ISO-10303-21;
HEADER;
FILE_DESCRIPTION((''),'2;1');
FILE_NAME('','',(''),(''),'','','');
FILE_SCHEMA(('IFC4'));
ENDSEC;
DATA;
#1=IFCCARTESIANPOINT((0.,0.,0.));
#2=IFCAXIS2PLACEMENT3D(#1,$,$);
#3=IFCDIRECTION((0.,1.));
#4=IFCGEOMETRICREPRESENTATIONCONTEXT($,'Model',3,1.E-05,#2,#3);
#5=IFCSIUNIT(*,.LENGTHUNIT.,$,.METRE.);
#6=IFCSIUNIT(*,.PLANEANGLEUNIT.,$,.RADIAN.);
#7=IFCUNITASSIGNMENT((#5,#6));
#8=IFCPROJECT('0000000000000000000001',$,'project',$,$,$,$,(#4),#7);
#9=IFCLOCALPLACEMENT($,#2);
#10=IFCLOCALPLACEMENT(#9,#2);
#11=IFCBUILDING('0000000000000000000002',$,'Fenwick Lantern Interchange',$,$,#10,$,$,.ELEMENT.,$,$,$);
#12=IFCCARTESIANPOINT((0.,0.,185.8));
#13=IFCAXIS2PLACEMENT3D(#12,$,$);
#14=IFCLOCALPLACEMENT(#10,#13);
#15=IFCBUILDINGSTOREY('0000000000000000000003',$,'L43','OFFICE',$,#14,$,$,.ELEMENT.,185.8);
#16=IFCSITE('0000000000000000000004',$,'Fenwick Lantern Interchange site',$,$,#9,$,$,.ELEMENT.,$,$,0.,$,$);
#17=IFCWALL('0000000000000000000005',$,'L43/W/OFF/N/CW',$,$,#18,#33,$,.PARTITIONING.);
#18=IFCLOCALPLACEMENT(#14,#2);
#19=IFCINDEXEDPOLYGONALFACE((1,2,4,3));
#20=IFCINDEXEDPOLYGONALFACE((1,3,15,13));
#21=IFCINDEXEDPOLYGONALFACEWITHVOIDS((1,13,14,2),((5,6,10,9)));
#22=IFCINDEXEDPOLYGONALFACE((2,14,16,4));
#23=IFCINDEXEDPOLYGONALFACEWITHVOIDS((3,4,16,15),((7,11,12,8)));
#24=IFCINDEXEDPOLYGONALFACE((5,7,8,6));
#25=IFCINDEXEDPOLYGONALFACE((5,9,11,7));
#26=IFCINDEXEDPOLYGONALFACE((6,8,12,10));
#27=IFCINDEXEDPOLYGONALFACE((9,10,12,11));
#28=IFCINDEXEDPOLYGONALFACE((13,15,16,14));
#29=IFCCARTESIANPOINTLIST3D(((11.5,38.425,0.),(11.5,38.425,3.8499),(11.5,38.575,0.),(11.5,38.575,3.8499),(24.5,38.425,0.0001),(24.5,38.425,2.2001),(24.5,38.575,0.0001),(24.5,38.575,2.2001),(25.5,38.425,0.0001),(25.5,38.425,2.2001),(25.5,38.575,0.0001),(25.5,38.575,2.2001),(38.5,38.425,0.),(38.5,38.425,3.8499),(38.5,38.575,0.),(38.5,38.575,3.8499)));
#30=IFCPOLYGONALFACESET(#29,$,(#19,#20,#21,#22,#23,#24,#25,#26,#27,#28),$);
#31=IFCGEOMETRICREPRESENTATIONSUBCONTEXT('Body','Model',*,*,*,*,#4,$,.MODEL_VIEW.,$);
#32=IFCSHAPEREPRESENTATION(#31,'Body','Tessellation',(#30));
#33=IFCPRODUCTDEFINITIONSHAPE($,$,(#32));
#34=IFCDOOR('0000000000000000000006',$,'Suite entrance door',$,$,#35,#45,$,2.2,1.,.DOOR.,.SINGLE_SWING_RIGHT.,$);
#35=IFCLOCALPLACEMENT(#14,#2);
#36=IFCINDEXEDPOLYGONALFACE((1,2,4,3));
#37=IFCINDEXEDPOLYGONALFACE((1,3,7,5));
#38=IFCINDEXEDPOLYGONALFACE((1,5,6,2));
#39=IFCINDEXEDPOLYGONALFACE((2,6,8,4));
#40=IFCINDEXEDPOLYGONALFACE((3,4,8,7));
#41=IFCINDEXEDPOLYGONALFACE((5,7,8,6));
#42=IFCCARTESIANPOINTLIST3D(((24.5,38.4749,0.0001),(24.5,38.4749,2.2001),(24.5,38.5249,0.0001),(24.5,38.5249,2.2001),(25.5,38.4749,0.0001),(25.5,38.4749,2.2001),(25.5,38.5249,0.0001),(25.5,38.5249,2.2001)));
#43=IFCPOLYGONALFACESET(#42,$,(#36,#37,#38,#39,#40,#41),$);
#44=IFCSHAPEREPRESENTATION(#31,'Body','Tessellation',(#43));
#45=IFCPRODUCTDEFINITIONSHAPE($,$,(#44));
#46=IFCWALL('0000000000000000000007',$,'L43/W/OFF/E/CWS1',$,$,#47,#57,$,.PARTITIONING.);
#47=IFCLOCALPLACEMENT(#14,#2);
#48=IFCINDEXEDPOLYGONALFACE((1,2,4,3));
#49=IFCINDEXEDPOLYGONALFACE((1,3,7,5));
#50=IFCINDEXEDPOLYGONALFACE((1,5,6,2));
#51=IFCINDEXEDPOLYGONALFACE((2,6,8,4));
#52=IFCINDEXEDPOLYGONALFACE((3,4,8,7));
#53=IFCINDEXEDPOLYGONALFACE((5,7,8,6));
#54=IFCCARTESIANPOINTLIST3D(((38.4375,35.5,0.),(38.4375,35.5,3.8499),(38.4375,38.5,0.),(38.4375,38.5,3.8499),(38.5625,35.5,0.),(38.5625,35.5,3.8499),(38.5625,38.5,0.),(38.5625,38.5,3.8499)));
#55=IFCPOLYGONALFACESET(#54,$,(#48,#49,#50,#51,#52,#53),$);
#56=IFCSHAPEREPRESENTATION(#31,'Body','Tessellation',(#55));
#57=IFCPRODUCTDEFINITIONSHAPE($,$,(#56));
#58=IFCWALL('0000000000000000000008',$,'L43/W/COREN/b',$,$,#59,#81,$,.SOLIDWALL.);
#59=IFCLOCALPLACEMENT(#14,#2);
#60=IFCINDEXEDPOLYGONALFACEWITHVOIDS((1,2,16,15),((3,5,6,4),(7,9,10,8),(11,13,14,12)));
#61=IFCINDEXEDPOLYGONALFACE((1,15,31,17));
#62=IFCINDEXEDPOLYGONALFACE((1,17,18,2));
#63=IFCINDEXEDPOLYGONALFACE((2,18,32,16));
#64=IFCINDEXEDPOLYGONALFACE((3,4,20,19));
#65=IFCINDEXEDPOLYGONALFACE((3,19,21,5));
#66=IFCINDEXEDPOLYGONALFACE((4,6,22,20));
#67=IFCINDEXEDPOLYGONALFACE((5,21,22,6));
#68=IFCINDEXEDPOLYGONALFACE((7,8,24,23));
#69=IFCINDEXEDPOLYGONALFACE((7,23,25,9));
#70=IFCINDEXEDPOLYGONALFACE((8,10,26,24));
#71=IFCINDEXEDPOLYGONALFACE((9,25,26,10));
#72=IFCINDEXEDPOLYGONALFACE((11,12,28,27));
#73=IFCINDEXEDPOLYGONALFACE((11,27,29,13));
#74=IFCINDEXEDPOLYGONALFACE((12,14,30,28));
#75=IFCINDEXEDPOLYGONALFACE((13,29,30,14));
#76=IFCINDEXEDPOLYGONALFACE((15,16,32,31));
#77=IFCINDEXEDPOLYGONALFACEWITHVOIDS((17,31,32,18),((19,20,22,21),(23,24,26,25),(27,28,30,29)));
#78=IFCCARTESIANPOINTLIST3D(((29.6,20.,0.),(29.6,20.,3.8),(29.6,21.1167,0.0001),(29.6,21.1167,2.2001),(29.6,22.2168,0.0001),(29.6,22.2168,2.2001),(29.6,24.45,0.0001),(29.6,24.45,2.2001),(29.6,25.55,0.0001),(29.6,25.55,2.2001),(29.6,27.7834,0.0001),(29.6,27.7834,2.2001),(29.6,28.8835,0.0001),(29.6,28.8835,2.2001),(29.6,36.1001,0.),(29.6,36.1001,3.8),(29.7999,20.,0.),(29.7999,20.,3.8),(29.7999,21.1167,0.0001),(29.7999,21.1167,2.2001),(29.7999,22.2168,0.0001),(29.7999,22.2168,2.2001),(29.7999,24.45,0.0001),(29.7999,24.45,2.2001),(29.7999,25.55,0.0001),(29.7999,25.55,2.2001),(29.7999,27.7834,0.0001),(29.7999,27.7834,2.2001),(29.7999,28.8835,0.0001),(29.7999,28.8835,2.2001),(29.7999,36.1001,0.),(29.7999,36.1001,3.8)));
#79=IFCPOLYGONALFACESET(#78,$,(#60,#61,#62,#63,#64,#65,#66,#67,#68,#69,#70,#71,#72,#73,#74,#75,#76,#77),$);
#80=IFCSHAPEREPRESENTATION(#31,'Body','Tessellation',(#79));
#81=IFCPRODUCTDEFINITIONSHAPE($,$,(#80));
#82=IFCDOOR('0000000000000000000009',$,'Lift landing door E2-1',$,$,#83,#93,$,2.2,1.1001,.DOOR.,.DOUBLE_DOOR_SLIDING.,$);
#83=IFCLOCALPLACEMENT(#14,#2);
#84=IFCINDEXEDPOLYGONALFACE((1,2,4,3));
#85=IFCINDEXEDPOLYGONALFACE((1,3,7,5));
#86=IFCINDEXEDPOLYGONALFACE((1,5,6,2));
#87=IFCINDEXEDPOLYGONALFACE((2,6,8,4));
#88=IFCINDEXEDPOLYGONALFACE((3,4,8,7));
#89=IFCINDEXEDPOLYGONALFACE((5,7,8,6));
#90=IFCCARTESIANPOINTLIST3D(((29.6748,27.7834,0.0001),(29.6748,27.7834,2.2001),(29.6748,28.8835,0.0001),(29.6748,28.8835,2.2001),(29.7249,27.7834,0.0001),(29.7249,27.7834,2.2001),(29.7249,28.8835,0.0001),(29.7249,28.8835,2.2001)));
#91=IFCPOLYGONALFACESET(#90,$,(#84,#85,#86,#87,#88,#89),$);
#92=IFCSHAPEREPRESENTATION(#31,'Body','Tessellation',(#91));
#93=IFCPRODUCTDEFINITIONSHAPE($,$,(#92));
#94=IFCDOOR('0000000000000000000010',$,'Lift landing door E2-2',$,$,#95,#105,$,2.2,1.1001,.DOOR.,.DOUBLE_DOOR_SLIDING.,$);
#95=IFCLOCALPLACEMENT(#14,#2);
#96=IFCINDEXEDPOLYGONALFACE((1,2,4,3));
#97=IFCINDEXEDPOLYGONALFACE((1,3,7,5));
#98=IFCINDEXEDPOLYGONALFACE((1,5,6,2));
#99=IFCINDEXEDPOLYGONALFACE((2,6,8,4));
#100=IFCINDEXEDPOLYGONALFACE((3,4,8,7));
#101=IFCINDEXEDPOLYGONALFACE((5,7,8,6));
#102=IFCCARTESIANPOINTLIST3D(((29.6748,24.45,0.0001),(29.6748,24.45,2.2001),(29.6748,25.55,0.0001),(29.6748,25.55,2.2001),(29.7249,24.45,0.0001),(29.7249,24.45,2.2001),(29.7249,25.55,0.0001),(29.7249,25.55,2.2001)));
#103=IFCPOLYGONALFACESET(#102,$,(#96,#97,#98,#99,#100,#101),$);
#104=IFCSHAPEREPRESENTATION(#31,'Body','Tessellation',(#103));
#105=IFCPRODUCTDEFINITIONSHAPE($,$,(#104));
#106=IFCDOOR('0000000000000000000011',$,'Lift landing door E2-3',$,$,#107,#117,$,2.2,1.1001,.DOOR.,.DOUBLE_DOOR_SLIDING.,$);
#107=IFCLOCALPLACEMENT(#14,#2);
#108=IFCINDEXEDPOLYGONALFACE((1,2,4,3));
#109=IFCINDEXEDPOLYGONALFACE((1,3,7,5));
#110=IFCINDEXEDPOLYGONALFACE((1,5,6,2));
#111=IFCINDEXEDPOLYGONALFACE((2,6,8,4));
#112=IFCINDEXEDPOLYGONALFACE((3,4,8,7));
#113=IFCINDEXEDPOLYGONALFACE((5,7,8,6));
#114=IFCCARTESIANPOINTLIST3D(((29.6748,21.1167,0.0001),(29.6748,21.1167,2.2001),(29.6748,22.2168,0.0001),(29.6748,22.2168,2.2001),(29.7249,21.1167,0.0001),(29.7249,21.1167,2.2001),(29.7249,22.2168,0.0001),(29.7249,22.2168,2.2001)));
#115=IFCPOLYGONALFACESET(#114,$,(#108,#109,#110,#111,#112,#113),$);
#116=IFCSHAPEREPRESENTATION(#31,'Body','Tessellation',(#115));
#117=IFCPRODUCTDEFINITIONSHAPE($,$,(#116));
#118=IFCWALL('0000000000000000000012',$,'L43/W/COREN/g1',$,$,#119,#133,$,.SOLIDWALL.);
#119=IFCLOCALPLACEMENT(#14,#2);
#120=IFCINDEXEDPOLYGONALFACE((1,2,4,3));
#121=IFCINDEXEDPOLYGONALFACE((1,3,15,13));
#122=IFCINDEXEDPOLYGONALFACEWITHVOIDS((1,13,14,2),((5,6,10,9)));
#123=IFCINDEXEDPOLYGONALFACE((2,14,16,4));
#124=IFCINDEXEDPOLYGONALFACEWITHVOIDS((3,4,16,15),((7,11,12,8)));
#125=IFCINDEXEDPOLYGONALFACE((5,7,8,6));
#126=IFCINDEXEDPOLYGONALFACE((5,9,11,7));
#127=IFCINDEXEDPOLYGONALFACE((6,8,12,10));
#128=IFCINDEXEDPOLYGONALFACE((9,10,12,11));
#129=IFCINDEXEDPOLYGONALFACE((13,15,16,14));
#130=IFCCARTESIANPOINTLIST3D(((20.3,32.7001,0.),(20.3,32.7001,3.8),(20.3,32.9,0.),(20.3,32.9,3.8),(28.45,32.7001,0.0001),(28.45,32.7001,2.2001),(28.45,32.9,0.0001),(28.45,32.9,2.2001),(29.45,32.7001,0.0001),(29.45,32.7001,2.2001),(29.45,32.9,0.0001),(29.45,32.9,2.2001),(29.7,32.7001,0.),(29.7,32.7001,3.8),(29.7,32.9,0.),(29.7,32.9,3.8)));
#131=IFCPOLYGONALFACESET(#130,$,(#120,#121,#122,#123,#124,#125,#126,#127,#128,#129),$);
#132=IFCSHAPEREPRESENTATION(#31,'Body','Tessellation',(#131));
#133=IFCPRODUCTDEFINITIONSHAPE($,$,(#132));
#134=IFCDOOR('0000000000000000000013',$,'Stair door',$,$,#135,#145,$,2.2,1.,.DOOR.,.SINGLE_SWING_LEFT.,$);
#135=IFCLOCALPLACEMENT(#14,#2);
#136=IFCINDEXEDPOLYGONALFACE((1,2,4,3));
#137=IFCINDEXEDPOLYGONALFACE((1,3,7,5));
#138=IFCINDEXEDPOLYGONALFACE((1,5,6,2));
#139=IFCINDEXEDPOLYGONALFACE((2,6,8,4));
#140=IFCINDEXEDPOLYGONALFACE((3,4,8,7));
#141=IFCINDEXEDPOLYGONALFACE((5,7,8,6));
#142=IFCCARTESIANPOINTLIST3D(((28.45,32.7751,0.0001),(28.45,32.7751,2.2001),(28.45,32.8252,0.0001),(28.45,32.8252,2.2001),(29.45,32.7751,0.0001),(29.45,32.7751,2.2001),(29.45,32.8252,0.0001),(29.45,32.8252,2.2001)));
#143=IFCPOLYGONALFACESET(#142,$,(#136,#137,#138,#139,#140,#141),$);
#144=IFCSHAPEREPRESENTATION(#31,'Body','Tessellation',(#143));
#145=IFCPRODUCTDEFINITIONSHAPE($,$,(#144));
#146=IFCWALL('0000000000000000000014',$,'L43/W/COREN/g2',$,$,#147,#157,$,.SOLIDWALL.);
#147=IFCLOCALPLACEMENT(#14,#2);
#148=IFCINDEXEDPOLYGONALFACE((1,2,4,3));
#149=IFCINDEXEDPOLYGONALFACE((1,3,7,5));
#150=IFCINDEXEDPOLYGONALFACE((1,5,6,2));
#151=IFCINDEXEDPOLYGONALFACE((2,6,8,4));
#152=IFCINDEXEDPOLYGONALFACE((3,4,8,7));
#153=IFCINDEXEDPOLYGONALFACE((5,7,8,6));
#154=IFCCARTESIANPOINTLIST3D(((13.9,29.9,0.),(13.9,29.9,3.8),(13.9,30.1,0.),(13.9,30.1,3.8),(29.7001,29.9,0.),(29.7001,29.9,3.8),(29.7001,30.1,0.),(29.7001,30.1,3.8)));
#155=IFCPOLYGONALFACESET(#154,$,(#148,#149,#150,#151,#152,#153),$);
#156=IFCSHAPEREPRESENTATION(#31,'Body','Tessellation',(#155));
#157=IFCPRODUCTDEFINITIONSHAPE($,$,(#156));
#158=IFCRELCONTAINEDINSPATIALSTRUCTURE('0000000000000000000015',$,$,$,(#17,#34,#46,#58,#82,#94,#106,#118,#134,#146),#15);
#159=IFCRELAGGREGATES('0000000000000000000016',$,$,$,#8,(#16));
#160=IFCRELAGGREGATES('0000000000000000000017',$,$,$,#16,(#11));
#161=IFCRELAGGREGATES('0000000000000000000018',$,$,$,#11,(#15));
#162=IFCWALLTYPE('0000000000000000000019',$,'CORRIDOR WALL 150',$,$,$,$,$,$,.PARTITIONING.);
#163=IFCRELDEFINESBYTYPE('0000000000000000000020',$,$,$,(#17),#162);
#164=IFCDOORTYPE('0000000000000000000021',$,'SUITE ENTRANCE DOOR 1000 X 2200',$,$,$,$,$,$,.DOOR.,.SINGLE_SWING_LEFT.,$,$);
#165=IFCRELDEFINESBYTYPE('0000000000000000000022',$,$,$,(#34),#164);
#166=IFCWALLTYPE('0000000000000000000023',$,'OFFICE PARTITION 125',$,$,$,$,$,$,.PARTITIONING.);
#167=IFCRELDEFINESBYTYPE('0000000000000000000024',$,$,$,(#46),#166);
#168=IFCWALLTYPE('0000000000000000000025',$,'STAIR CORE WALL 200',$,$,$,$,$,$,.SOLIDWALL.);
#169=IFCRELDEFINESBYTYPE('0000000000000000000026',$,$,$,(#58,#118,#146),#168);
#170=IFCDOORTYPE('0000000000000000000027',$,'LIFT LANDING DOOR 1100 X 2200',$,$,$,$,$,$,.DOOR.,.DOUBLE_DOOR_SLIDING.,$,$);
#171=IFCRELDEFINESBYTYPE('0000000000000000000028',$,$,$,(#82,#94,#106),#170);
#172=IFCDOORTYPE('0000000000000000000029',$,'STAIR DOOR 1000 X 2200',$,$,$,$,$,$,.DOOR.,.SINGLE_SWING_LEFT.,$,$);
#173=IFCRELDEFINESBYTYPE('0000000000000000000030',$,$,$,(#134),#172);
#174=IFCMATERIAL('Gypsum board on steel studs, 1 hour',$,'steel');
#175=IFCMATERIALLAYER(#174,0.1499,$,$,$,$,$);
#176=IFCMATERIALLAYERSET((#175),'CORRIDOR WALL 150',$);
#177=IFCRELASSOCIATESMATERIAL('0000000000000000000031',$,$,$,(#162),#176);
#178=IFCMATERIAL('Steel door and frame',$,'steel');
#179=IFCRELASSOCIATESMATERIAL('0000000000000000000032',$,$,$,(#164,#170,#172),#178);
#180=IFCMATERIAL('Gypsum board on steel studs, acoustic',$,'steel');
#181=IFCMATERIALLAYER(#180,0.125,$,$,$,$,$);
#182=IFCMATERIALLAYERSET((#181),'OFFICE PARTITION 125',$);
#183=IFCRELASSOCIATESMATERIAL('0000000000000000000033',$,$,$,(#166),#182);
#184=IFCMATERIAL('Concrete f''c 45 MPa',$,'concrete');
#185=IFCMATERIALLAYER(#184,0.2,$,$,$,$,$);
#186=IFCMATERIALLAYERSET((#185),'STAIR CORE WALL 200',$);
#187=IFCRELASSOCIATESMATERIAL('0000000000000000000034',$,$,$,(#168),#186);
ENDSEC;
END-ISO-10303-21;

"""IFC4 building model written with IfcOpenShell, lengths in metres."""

from ifc_helpers import new_model, si_unit, direction, frame, frame_2d, origin, place, context, subcontext, project, spatial, rectangle, extrude, material, layer, layer_set, type_object, element, fill, save


model = new_model("IFC4")

# Units and contexts
model_context = context("Model", 3, precision=1e-05, world=origin(), true_north=direction((0.0, 1.0)))
body_context = subcontext(model_context, "Body", "Model", "MODEL_VIEW")
ifc_project = project(units=[si_unit("LENGTHUNIT", "METRE"), si_unit("PLANEANGLEUNIT", "RADIAN")], contexts=[model_context])

# Site, building, storey
site_placement = place(None, origin())
site = spatial("IfcSite", under=ifc_project, at=site_placement, Name="Fenwick Lantern Interchange site", CompositionType="ELEMENT", RefElevation=0.0)
building_placement = place(site_placement, origin())
building = spatial("IfcBuilding", under=site, at=building_placement, Name="Fenwick Lantern Interchange", CompositionType="ELEMENT")
storey_placement = place(building_placement, frame((0.0, 0.0, 185.8)))
storey = spatial("IfcBuildingStorey", under=building, at=storey_placement, Name="L43", Description="OFFICE", CompositionType="ELEMENT", Elevation=185.8)

# Shared definitions
ifc_material_1 = material(Name="Steel door and frame", Category="steel")

# Wall, opening, door
ifc_material_2 = material(Name="Gypsum board on steel studs, 1 hour", Category="steel")
ifc_layer_1 = layer(ifc_material_2, 0.1499)
ifc_layer_set_1 = layer_set([ifc_layer_1], Name="CORRIDOR WALL 150")
wall_type_1 = type_object("IfcWallType", Name="CORRIDOR WALL 150", PredefinedType="PARTITIONING", material=ifc_layer_set_1)
wall_1_placement = place(storey_placement, frame((38.5, 38.5, 0.0), z_axis=(0.0, 0.0, 1.0), x_axis=(-1.0, 0.0, 0.0)))
wall_1 = element("IfcWall", 1, at=wall_1_placement, inside=storey, type_object=wall_type_1, Name="L43/W/OFF/N/CW", PredefinedType="PARTITIONING", context=body_context, shape_type="SweptSolid", body=[
    extrude(rectangle(XDim=27.0, YDim=0.1499, at=frame_2d((13.5, 0.0))), origin(), (0.0, 0.0, 1.0), 3.8499),
])
opening_1_placement = place(wall_1_placement, frame((13.0, 0.0, 0.0)))
opening_1 = element("IfcOpeningElement", 2, at=opening_1_placement, cuts=wall_1, PredefinedType="OPENING", context=body_context, shape_type="SweptSolid", body=[
    extrude(rectangle(XDim=1.0, YDim=2.2, at=frame_2d((0.5, 1.1001))), frame((0.0, 0.085, 0.0), z_axis=(0.0, -1.0, 0.0), x_axis=(1.0, 0.0, 0.0)), (0.0, 0.0, 1.0), 0.1699),
])
door_type_1 = type_object("IfcDoorType", Name="SUITE ENTRANCE DOOR 1000 X 2200", OperationType="SINGLE_SWING_LEFT", PredefinedType="DOOR", material=ifc_material_1)
door_1_placement = place(opening_1_placement, frame((1.0, 0.0, 0.0), z_axis=(0.0, 0.0, 1.0), x_axis=(-1.0, 0.0, 0.0)))
door_1 = element("IfcDoor", 3, at=door_1_placement, inside=storey, type_object=door_type_1, Name="Suite entrance door", OperationType="SINGLE_SWING_RIGHT", OverallHeight=2.2, OverallWidth=1.0, PredefinedType="DOOR", context=body_context, shape_type="SweptSolid", body=[
    extrude(rectangle(XDim=1.0, YDim=2.2, at=frame_2d((0.5, 1.1001))), frame((0.0, 0.0249, 0.0), z_axis=(0.0, -1.0, 0.0), x_axis=(1.0, 0.0, 0.0)), (0.0, 0.0, 1.0), 0.05),
])
fill(opening_1, door_1)

# Wall
ifc_material_3 = material(Name="Gypsum board on steel studs, acoustic", Category="steel")
ifc_layer_2 = layer(ifc_material_3, 0.125)
ifc_layer_set_2 = layer_set([ifc_layer_2], Name="OFFICE PARTITION 125")
wall_type_2 = type_object("IfcWallType", Name="OFFICE PARTITION 125", PredefinedType="PARTITIONING", material=ifc_layer_set_2)
wall_2_placement = place(storey_placement, frame((38.5, 35.5, 0.0), z_axis=(0.0, 0.0, 1.0), x_axis=(0.0, 1.0, 0.0)))
element("IfcWall", 4, at=wall_2_placement, inside=storey, type_object=wall_type_2, Name="L43/W/OFF/E/CWS1", PredefinedType="PARTITIONING", context=body_context, shape_type="SweptSolid", body=[
    extrude(rectangle(XDim=3.0, YDim=0.125, at=frame_2d((1.5, 0.0))), origin(), (0.0, 0.0, 1.0), 3.8499),
])

# Wall, openings, doors
ifc_material_4 = material(Name="Concrete f'c 45 MPa", Category="concrete")
ifc_layer_3 = layer(ifc_material_4, 0.2)
ifc_layer_set_3 = layer_set([ifc_layer_3], Name="STAIR CORE WALL 200")
wall_type_3 = type_object("IfcWallType", Name="STAIR CORE WALL 200", PredefinedType="SOLIDWALL", material=ifc_layer_set_3)
wall_3_placement = place(storey_placement, frame((29.7, 36.1001, 0.0), z_axis=(0.0, 0.0, 1.0), x_axis=(0.0, -1.0, 0.0)))
wall_3 = element("IfcWall", 5, at=wall_3_placement, inside=storey, type_object=wall_type_3, Name="L43/W/COREN/b", PredefinedType="SOLIDWALL", context=body_context, shape_type="SweptSolid", body=[
    extrude(rectangle(XDim=16.1001, YDim=0.2, at=frame_2d((8.05, 0.0))), origin(), (0.0, 0.0, 1.0), 3.8),
])
opening_2_placement = place(wall_3_placement, frame((7.2166, 0.0, 0.0)))
opening_2 = element("IfcOpeningElement", 6, at=opening_2_placement, cuts=wall_3, PredefinedType="OPENING", context=body_context, shape_type="SweptSolid", body=[
    extrude(rectangle(XDim=1.1001, YDim=2.2, at=frame_2d((0.55, 1.1001))), frame((0.0, 0.1099, 0.0), z_axis=(0.0, -1.0, 0.0), x_axis=(1.0, 0.0, 0.0)), (0.0, 0.0, 1.0), 0.22),
])
opening_3_placement = place(wall_3_placement, frame((10.55, 0.0, 0.0)))
opening_3 = element("IfcOpeningElement", 7, at=opening_3_placement, cuts=wall_3, PredefinedType="OPENING", context=body_context, shape_type="SweptSolid", body=[
    extrude(rectangle(XDim=1.1001, YDim=2.2, at=frame_2d((0.55, 1.1001))), frame((0.0, 0.1099, 0.0), z_axis=(0.0, -1.0, 0.0), x_axis=(1.0, 0.0, 0.0)), (0.0, 0.0, 1.0), 0.22),
])
opening_4_placement = place(wall_3_placement, frame((13.8833, 0.0, 0.0)))
opening_4 = element("IfcOpeningElement", 8, at=opening_4_placement, cuts=wall_3, PredefinedType="OPENING", context=body_context, shape_type="SweptSolid", body=[
    extrude(rectangle(XDim=1.1001, YDim=2.2, at=frame_2d((0.55, 1.1001))), frame((0.0, 0.1099, 0.0), z_axis=(0.0, -1.0, 0.0), x_axis=(1.0, 0.0, 0.0)), (0.0, 0.0, 1.0), 0.22),
])
door_type_2 = type_object("IfcDoorType", Name="LIFT LANDING DOOR 1100 X 2200", OperationType="DOUBLE_DOOR_SLIDING", PredefinedType="DOOR", material=ifc_material_1)
door_2_placement = place(opening_2_placement, origin())
door_2 = element("IfcDoor", 9, at=door_2_placement, inside=storey, type_object=door_type_2, Name="Lift landing door E2-1", OperationType="DOUBLE_DOOR_SLIDING", OverallHeight=2.2, OverallWidth=1.1001, PredefinedType="DOOR", context=body_context, shape_type="SweptSolid", body=[
    extrude(rectangle(XDim=1.1001, YDim=2.2, at=frame_2d((0.55, 1.1001))), frame((0.0, 0.0249, 0.0), z_axis=(0.0, -1.0, 0.0), x_axis=(1.0, 0.0, 0.0)), (0.0, 0.0, 1.0), 0.05),
])
fill(opening_2, door_2)
door_3_placement = place(opening_3_placement, origin())
door_3 = element("IfcDoor", 10, at=door_3_placement, inside=storey, type_object=door_type_2, Name="Lift landing door E2-2", OperationType="DOUBLE_DOOR_SLIDING", OverallHeight=2.2, OverallWidth=1.1001, PredefinedType="DOOR", context=body_context, shape_type="SweptSolid", body=[
    extrude(rectangle(XDim=1.1001, YDim=2.2, at=frame_2d((0.55, 1.1001))), frame((0.0, 0.0249, 0.0), z_axis=(0.0, -1.0, 0.0), x_axis=(1.0, 0.0, 0.0)), (0.0, 0.0, 1.0), 0.05),
])
fill(opening_3, door_3)
door_4_placement = place(opening_4_placement, origin())
door_4 = element("IfcDoor", 11, at=door_4_placement, inside=storey, type_object=door_type_2, Name="Lift landing door E2-3", OperationType="DOUBLE_DOOR_SLIDING", OverallHeight=2.2, OverallWidth=1.1001, PredefinedType="DOOR", context=body_context, shape_type="SweptSolid", body=[
    extrude(rectangle(XDim=1.1001, YDim=2.2, at=frame_2d((0.55, 1.1001))), frame((0.0, 0.0249, 0.0), z_axis=(0.0, -1.0, 0.0), x_axis=(1.0, 0.0, 0.0)), (0.0, 0.0, 1.0), 0.05),
])
fill(opening_4, door_4)

# Wall, opening, door
wall_4_placement = place(storey_placement, frame((29.7, 32.8, 0.0), z_axis=(0.0, 0.0, 1.0), x_axis=(-1.0, 0.0, 0.0)))
wall_4 = element("IfcWall", 12, at=wall_4_placement, inside=storey, type_object=wall_type_3, Name="L43/W/COREN/g1", PredefinedType="SOLIDWALL", context=body_context, shape_type="SweptSolid", body=[
    extrude(rectangle(XDim=9.3999, YDim=0.2, at=frame_2d((4.7, 0.0))), origin(), (0.0, 0.0, 1.0), 3.8),
])
opening_5_placement = place(wall_4_placement, frame((0.25, 0.0, 0.0)))
opening_5 = element("IfcOpeningElement", 13, at=opening_5_placement, cuts=wall_4, PredefinedType="OPENING", context=body_context, shape_type="SweptSolid", body=[
    extrude(rectangle(XDim=1.0, YDim=2.2, at=frame_2d((0.5, 1.1001))), frame((0.0, 0.1099, 0.0), z_axis=(0.0, -1.0, 0.0), x_axis=(1.0, 0.0, 0.0)), (0.0, 0.0, 1.0), 0.22),
])
door_type_3 = type_object("IfcDoorType", Name="STAIR DOOR 1000 X 2200", OperationType="SINGLE_SWING_LEFT", PredefinedType="DOOR", material=ifc_material_1)
door_5_placement = place(opening_5_placement, origin())
door_5 = element("IfcDoor", 14, at=door_5_placement, inside=storey, type_object=door_type_3, Name="Stair door", OperationType="SINGLE_SWING_LEFT", OverallHeight=2.2, OverallWidth=1.0, PredefinedType="DOOR", context=body_context, shape_type="SweptSolid", body=[
    extrude(rectangle(XDim=1.0, YDim=2.2, at=frame_2d((0.5, 1.1001))), frame((0.0, 0.0249, 0.0), z_axis=(0.0, -1.0, 0.0), x_axis=(1.0, 0.0, 0.0)), (0.0, 0.0, 1.0), 0.05),
])
fill(opening_5, door_5)

# Wall
wall_5_placement = place(storey_placement, frame((29.7, 30.0, 0.0), z_axis=(0.0, 0.0, 1.0), x_axis=(-1.0, 0.0, 0.0)))
element("IfcWall", 15, at=wall_5_placement, inside=storey, type_object=wall_type_3, Name="L43/W/COREN/g2", PredefinedType="SOLIDWALL", context=body_context, shape_type="SweptSolid", body=[
    extrude(rectangle(XDim=15.8, YDim=0.2, at=frame_2d((7.8999, 0.0))), origin(), (0.0, 0.0, 1.0), 3.8),
])

save(model, "model.ifc")
